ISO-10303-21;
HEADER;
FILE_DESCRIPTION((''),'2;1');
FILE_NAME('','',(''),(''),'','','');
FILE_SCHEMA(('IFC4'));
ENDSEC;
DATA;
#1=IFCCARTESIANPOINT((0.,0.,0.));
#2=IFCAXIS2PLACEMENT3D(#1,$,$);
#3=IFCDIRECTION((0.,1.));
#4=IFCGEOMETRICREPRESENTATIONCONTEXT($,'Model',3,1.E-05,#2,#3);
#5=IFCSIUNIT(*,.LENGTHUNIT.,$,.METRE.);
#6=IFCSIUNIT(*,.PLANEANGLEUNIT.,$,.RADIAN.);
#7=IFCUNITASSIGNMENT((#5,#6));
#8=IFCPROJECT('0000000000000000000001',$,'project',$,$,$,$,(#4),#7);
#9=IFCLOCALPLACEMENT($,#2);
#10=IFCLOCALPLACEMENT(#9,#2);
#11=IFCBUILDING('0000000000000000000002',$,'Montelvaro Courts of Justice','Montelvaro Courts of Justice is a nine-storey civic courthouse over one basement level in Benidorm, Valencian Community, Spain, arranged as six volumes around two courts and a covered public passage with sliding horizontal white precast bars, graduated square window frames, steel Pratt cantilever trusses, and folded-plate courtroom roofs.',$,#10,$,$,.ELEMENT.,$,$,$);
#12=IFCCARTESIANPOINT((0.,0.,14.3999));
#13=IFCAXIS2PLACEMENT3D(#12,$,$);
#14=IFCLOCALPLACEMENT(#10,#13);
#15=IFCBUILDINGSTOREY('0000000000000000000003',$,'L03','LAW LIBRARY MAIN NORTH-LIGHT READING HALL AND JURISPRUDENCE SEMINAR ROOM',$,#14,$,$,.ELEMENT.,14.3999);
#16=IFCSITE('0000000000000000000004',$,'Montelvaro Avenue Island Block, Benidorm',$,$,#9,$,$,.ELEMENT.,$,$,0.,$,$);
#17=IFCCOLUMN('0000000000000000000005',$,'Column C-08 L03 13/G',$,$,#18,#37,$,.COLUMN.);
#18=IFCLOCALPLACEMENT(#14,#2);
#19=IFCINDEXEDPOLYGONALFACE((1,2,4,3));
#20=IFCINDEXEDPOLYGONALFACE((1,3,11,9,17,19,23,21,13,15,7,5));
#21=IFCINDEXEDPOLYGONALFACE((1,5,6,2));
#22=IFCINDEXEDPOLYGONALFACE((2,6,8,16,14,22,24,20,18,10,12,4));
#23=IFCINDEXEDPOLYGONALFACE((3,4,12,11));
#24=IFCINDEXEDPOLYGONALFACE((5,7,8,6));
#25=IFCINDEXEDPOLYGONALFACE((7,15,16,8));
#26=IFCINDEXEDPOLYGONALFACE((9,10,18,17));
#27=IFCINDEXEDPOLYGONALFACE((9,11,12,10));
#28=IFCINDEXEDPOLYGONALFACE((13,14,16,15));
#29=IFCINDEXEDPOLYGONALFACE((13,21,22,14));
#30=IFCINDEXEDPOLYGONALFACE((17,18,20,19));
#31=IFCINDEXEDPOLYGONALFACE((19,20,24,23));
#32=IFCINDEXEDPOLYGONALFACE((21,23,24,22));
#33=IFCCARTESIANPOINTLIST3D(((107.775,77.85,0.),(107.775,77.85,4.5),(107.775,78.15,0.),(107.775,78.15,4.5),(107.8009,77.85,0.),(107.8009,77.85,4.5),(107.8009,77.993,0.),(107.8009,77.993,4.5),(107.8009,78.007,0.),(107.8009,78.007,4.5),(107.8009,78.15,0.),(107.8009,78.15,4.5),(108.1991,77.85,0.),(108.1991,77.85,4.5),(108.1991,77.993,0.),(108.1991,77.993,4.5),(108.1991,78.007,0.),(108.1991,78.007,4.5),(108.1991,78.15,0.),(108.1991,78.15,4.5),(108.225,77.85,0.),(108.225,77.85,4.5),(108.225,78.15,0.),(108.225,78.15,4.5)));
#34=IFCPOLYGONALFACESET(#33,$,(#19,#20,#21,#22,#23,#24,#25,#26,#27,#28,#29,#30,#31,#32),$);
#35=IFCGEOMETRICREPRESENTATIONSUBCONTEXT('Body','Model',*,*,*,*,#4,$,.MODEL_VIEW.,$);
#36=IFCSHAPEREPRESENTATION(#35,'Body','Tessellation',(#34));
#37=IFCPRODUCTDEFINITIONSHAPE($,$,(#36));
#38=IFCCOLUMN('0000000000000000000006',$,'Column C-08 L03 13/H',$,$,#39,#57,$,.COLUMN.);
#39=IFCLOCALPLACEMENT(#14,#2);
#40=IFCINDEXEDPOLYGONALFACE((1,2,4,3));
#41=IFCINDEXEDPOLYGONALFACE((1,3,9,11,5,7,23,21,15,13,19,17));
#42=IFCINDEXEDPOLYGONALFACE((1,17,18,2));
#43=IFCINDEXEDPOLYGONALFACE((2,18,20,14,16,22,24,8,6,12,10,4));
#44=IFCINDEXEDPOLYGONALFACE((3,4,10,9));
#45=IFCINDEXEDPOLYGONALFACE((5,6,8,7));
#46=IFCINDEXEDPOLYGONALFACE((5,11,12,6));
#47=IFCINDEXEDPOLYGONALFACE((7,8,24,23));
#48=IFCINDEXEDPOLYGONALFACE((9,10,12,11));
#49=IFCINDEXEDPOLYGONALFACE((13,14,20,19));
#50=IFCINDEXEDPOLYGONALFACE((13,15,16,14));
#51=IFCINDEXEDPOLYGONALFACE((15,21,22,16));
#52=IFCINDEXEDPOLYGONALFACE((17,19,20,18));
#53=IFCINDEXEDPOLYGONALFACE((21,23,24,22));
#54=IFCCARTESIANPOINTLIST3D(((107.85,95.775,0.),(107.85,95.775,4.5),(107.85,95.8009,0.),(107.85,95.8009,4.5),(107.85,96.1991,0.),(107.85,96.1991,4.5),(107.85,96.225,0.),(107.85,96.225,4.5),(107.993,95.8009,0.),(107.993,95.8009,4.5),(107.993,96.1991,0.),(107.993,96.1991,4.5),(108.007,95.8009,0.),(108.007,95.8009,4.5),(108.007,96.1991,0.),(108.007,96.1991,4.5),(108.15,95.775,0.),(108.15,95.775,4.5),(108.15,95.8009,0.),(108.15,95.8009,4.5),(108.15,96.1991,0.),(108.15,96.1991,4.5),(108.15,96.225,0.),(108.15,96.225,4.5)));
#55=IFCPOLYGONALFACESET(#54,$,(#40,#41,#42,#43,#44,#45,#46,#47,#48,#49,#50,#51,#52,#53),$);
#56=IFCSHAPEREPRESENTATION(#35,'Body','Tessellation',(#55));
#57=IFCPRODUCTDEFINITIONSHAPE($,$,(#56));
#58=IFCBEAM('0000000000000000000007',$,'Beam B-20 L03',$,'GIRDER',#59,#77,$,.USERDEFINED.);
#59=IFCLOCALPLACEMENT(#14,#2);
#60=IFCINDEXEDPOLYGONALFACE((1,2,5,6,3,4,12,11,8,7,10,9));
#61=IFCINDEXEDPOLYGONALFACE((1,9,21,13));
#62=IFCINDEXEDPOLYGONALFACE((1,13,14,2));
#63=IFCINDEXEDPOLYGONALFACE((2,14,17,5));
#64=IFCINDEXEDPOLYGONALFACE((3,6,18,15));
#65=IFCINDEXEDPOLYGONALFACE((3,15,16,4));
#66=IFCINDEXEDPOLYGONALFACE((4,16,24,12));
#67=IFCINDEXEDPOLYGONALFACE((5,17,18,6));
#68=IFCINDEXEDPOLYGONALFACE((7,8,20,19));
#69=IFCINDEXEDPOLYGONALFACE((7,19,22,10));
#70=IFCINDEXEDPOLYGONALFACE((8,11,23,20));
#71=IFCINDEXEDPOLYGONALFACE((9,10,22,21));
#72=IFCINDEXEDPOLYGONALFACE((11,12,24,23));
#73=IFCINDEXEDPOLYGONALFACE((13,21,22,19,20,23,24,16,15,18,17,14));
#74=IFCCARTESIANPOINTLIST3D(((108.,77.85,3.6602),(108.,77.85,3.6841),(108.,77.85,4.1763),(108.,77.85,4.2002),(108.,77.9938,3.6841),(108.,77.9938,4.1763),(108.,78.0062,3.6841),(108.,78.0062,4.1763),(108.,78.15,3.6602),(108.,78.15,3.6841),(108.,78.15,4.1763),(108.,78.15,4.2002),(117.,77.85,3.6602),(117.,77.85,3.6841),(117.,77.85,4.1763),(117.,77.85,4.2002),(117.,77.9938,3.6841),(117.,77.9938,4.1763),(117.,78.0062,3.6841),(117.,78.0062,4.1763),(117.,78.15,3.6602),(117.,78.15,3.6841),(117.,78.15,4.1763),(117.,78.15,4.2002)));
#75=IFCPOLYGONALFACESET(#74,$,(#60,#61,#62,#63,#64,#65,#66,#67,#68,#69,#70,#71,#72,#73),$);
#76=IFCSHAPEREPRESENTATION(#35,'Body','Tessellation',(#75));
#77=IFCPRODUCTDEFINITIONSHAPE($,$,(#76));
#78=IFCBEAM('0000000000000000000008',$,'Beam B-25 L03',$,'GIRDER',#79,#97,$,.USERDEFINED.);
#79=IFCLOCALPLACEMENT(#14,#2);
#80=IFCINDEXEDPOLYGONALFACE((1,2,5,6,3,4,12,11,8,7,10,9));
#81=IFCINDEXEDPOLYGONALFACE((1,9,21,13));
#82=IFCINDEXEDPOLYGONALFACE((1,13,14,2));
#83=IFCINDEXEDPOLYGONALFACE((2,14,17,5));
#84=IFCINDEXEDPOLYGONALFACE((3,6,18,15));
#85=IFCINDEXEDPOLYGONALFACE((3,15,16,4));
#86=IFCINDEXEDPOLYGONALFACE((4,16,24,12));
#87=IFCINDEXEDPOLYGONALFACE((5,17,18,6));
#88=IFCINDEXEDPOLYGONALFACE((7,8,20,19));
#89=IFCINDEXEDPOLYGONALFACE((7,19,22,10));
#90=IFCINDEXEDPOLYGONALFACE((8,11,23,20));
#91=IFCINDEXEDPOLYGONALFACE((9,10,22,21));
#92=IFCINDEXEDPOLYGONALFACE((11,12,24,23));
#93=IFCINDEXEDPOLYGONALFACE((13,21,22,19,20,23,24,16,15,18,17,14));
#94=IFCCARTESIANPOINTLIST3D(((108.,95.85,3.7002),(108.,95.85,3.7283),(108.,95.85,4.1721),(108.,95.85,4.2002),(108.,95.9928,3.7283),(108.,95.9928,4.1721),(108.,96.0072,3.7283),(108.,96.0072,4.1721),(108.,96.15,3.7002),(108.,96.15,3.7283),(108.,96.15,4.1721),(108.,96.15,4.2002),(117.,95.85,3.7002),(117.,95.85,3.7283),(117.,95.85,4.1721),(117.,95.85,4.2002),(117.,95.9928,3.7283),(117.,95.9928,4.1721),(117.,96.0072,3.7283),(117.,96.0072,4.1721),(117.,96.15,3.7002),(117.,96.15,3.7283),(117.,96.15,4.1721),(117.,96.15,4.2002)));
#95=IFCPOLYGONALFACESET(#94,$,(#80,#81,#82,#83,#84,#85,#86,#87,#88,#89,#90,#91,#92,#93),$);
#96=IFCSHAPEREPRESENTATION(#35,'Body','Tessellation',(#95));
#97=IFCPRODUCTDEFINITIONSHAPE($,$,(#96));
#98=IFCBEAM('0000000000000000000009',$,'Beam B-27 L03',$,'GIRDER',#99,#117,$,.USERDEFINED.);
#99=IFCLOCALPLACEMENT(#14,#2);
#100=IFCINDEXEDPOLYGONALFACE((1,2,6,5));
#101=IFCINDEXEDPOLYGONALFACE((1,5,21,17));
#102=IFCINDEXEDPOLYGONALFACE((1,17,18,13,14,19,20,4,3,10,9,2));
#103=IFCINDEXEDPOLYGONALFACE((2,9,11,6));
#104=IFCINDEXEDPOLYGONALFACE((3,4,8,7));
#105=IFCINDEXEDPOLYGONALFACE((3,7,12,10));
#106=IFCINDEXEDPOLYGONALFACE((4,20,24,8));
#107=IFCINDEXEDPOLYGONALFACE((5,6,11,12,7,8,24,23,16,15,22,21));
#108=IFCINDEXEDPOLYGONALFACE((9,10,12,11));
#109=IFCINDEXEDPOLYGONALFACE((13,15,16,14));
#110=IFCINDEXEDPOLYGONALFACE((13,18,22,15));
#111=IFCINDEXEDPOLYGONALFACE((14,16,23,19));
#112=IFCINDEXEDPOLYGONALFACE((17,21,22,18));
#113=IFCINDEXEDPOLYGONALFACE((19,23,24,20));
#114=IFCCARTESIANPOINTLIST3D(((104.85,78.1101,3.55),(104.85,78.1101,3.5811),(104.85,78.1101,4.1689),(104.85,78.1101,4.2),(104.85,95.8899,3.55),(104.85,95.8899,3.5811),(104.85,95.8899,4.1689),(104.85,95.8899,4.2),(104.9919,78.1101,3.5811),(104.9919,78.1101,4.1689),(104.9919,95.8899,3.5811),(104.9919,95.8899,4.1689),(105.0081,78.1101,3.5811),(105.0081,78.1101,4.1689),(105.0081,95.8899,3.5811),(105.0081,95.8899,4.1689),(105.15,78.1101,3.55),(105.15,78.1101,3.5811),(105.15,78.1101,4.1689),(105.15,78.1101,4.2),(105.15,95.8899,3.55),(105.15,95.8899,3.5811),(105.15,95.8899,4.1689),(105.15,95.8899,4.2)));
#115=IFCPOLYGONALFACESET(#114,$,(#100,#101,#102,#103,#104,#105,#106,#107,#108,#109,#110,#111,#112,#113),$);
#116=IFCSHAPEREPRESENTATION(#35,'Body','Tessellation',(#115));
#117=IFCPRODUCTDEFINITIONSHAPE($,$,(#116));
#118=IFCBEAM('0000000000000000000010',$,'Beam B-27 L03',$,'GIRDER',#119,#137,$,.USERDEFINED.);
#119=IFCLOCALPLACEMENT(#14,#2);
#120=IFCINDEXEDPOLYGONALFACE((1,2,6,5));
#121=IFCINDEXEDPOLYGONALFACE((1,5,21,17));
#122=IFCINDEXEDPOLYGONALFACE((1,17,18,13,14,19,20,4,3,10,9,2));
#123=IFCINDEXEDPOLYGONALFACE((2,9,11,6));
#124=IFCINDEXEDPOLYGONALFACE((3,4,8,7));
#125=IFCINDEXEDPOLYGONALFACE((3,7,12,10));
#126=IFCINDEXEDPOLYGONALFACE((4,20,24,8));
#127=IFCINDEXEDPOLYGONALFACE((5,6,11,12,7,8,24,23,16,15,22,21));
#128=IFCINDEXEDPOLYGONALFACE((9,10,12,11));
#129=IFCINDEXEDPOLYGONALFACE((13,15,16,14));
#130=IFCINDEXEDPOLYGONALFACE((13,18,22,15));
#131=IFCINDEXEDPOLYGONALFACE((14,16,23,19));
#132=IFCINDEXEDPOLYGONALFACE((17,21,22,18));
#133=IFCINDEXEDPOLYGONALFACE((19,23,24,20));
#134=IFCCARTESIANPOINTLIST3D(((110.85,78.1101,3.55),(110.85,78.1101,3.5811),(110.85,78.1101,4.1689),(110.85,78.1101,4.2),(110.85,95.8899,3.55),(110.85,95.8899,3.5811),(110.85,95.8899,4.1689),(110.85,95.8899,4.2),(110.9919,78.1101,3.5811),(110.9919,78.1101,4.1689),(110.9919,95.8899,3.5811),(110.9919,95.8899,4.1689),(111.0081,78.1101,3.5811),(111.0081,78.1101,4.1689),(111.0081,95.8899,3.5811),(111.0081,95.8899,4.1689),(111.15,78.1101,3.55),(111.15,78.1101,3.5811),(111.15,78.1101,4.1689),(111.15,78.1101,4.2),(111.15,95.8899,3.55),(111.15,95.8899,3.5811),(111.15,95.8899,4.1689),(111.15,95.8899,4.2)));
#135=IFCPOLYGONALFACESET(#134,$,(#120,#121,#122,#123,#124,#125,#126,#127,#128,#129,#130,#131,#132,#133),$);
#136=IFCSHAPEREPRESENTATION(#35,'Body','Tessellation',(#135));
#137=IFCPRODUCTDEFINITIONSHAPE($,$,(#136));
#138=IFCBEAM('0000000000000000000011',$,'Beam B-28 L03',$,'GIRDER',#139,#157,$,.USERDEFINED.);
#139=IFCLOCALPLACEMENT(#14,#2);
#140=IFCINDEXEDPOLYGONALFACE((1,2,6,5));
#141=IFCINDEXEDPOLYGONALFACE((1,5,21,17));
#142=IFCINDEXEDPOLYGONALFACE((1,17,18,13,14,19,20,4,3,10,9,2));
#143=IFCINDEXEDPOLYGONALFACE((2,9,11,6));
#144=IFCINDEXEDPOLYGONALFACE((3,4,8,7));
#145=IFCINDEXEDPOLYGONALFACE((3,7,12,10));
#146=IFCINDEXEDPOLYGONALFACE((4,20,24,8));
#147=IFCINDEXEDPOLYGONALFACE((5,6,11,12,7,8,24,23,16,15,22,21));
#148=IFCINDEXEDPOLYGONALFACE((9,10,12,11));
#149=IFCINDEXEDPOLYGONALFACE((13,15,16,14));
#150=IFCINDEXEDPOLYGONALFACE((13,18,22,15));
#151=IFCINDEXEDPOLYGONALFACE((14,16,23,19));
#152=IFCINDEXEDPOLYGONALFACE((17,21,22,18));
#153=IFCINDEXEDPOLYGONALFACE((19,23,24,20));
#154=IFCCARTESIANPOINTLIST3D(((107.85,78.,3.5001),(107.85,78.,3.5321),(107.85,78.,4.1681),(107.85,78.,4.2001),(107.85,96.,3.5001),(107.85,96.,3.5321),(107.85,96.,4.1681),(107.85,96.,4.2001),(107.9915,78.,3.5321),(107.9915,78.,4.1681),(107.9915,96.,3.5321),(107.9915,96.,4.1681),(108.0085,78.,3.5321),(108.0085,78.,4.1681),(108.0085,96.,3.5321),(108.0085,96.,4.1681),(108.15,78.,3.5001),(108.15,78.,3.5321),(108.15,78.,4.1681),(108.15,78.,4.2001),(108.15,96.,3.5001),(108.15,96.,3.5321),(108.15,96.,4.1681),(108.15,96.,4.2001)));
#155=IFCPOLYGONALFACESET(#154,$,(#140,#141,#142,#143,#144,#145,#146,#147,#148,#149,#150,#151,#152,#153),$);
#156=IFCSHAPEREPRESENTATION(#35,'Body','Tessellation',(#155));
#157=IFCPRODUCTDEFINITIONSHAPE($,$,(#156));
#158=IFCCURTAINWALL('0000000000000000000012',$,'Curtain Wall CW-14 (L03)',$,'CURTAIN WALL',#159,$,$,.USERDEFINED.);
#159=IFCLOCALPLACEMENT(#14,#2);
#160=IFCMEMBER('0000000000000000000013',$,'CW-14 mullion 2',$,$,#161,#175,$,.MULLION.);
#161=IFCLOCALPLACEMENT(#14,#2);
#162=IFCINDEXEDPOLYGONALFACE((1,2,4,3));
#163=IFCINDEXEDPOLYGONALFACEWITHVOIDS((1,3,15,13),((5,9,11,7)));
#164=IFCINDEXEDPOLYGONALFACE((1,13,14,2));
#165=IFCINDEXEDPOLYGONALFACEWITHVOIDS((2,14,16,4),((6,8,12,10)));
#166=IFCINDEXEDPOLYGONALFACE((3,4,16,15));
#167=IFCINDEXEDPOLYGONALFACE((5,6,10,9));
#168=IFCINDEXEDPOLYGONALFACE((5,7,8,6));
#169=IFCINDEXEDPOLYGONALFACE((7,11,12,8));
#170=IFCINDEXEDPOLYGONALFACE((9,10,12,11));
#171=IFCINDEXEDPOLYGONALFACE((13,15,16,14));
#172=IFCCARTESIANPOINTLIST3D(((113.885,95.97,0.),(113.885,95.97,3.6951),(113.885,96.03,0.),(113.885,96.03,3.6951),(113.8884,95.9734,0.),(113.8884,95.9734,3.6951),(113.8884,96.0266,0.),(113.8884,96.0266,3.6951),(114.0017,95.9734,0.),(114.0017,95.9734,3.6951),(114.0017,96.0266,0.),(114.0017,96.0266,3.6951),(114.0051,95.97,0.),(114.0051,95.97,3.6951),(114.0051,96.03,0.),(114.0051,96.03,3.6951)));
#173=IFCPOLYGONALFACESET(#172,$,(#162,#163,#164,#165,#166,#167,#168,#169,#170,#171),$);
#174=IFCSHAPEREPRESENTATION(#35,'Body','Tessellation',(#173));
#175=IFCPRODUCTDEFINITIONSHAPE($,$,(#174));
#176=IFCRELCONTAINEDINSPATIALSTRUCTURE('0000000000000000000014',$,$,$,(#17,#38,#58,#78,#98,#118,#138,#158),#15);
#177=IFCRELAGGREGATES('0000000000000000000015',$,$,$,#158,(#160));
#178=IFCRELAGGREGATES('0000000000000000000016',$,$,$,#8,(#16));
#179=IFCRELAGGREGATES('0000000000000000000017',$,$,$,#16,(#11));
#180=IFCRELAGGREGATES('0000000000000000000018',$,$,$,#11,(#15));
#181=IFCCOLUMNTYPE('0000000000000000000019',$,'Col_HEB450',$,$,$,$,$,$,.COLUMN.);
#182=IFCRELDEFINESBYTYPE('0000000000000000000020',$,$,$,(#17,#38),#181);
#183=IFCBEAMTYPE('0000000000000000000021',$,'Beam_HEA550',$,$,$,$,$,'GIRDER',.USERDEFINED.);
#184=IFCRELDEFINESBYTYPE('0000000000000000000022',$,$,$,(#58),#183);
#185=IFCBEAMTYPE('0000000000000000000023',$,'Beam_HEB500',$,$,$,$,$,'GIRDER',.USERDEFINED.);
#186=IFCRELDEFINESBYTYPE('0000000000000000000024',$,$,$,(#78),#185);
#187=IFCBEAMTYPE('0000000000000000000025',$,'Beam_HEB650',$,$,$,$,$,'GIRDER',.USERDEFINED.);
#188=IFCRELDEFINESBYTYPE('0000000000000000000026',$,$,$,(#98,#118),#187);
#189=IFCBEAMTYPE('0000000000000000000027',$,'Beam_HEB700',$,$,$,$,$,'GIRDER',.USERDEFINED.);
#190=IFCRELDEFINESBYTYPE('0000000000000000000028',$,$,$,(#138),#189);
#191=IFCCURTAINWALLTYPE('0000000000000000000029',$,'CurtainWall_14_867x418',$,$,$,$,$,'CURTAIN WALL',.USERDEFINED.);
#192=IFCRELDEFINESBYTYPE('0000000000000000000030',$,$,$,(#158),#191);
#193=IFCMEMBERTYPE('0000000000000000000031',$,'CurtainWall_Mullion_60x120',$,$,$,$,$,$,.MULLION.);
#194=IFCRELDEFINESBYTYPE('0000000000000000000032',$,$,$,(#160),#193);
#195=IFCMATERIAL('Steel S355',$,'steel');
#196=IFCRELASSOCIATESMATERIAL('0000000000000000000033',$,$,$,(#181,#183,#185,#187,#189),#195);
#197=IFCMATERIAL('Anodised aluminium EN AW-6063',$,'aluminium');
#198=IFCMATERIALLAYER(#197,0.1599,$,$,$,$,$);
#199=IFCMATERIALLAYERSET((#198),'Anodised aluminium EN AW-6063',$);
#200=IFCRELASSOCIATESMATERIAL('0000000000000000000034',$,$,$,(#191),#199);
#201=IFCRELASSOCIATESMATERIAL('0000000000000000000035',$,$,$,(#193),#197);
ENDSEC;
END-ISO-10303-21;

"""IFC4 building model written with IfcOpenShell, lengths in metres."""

from ifc_helpers import new_model, si_unit, direction, frame, origin, origin_2d, place, context, subcontext, project, spatial, hollow_rectangle, i_section, extrude, material, layer, layer_set, material_profile, profile_set, type_object, element, aggregate, save


model = new_model("IFC4")

# Units and contexts
model_context = context("Model", 3, precision=1e-05, world=origin(), true_north=direction((0.0, 1.0)))
body_context = subcontext(model_context, "Body", "Model", "MODEL_VIEW")
ifc_project = project(units=[si_unit("LENGTHUNIT", "METRE"), si_unit("PLANEANGLEUNIT", "RADIAN")], contexts=[model_context])

# Site, building, storey
site_placement = place(None, origin())
site = spatial("IfcSite", under=ifc_project, at=site_placement, Name="Montelvaro Avenue Island Block, Benidorm", CompositionType="ELEMENT", RefElevation=0.0)
building_placement = place(site_placement, origin())
building = spatial("IfcBuilding", under=site, at=building_placement, Name="Montelvaro Courts of Justice", Description="Montelvaro Courts of Justice is a nine-storey civic courthouse over one basement level in Benidorm, Valencian Community, Spain, arranged as six volumes around two courts and a covered public passage with sliding horizontal white precast bars, graduated square window frames, steel Pratt cantilever trusses, and folded-plate courtroom roofs.", CompositionType="ELEMENT")
storey_placement = place(building_placement, frame((0.0, 0.0, 14.3999)))
storey = spatial("IfcBuildingStorey", under=building, at=storey_placement, Name="L03", Description="LAW LIBRARY MAIN NORTH-LIGHT READING HALL AND JURISPRUDENCE SEMINAR ROOM", CompositionType="ELEMENT", Elevation=14.3999)

# Columns
ifc_material_1 = material(Name="Steel S355", Category="steel")
ifc_material_profile_1 = material_profile(ifc_material_1, i_section(OverallWidth=0.3, OverallDepth=0.45, WebThickness=0.0139, FlangeThickness=0.0259, at=origin_2d()), Name="HEB 450")
ifc_profile_set_1 = profile_set([ifc_material_profile_1], Name="Steel S355")
column_type = type_object("IfcColumnType", Name="Col_HEB450", PredefinedType="COLUMN", material=ifc_profile_set_1)
for number, where, z_axis, x_axis, name in (
    (1, (108.0, 78.0, 0.0), (0.0, 0.0, 1.0), (0.0, 1.0, 0.0), "Column C-08 L03 13/G"),
    (2, (108.0, 96.0, 0.0), (0.0, 0.0, 1.0), (1.0, 0.0, 0.0), "Column C-08 L03 13/H"),
):
    element("IfcColumn", number, at=place(storey_placement, frame(where, z_axis=z_axis, x_axis=x_axis)), inside=storey, type_object=column_type, Name=name, PredefinedType="COLUMN", context=body_context, shape_type="SweptSolid", body=[
        extrude(i_section(OverallWidth=0.3, OverallDepth=0.45, WebThickness=0.0139, FlangeThickness=0.0259, at=origin_2d()), origin(), (0.0, 0.0, 1.0), 4.5),
    ])

# Beams
ifc_material_profile_2 = material_profile(ifc_material_1, i_section(OverallWidth=0.3, OverallDepth=0.54, WebThickness=0.0125, FlangeThickness=0.0239, at=origin_2d()), Name="HEA 550")
ifc_profile_set_2 = profile_set([ifc_material_profile_2], Name="Steel S355")
beam_type_1 = type_object("IfcBeamType", Name="Beam_HEA550", ElementType="GIRDER", PredefinedType="USERDEFINED", material=ifc_profile_set_2)
beam_1_placement = place(storey_placement, frame((108.0, 78.0, 3.9302), z_axis=(1.0, 0.0, 0.0), x_axis=(0.0, 1.0, 0.0)))
element("IfcBeam", 3, at=beam_1_placement, inside=storey, type_object=beam_type_1, Name="Beam B-20 L03", ObjectType="GIRDER", PredefinedType="USERDEFINED", context=body_context, shape_type="SweptSolid", body=[
    extrude(i_section(OverallWidth=0.3, OverallDepth=0.54, WebThickness=0.0125, FlangeThickness=0.0239, at=origin_2d()), origin(), (0.0, 0.0, 1.0), 9.0),
])
ifc_material_profile_3 = material_profile(ifc_material_1, i_section(OverallWidth=0.3, OverallDepth=0.5, WebThickness=0.0144, FlangeThickness=0.0281, at=origin_2d()), Name="HEB 500")
ifc_profile_set_3 = profile_set([ifc_material_profile_3], Name="Steel S355")
beam_type_2 = type_object("IfcBeamType", Name="Beam_HEB500", ElementType="GIRDER", PredefinedType="USERDEFINED", material=ifc_profile_set_3)
beam_2_placement = place(storey_placement, frame((108.0, 96.0, 3.9502), z_axis=(1.0, 0.0, 0.0), x_axis=(0.0, 1.0, 0.0)))
element("IfcBeam", 4, at=beam_2_placement, inside=storey, type_object=beam_type_2, Name="Beam B-25 L03", ObjectType="GIRDER", PredefinedType="USERDEFINED", context=body_context, shape_type="SweptSolid", body=[
    extrude(i_section(OverallWidth=0.3, OverallDepth=0.5, WebThickness=0.0144, FlangeThickness=0.0281, at=origin_2d()), origin(), (0.0, 0.0, 1.0), 9.0),
])
ifc_material_profile_4 = material_profile(ifc_material_1, i_section(OverallWidth=0.3, OverallDepth=0.6499, WebThickness=0.0161, FlangeThickness=0.031, at=origin_2d()), Name="HEB 650")
ifc_profile_set_4 = profile_set([ifc_material_profile_4], Name="Steel S355")
beam_type_3 = type_object("IfcBeamType", Name="Beam_HEB650", ElementType="GIRDER", PredefinedType="USERDEFINED", material=ifc_profile_set_4)
for number, where, z_axis, x_axis, name in (
    (5, (105.0, 78.1101, 3.875), (0.0, 1.0, 0.0), (-1.0, 0.0, 0.0), "Beam B-27 L03"),
    (6, (111.0, 78.1101, 3.875), (0.0, 1.0, 0.0), (-1.0, 0.0, 0.0), "Beam B-27 L03"),
):
    element("IfcBeam", number, at=place(storey_placement, frame(where, z_axis=z_axis, x_axis=x_axis)), inside=storey, type_object=beam_type_3, Name=name, ObjectType="GIRDER", PredefinedType="USERDEFINED", context=body_context, shape_type="SweptSolid", body=[
        extrude(i_section(OverallWidth=0.3, OverallDepth=0.6499, WebThickness=0.0161, FlangeThickness=0.031, at=origin_2d()), origin(), (0.0, 0.0, 1.0), 17.7798),
    ])
ifc_material_profile_5 = material_profile(ifc_material_1, i_section(OverallWidth=0.3, OverallDepth=0.7, WebThickness=0.0171, FlangeThickness=0.032, at=origin_2d()), Name="HEB 700")
ifc_profile_set_5 = profile_set([ifc_material_profile_5], Name="Steel S355")
beam_type_4 = type_object("IfcBeamType", Name="Beam_HEB700", ElementType="GIRDER", PredefinedType="USERDEFINED", material=ifc_profile_set_5)
beam_3_placement = place(storey_placement, frame((108.0, 78.0, 3.8501), z_axis=(0.0, 1.0, 0.0), x_axis=(-1.0, 0.0, 0.0)))
element("IfcBeam", 7, at=beam_3_placement, inside=storey, type_object=beam_type_4, Name="Beam B-28 L03", ObjectType="GIRDER", PredefinedType="USERDEFINED", context=body_context, shape_type="SweptSolid", body=[
    extrude(i_section(OverallWidth=0.3, OverallDepth=0.7, WebThickness=0.0171, FlangeThickness=0.032, at=origin_2d()), origin(), (0.0, 0.0, 1.0), 18.0),
])

# Curtain wall, member
ifc_material_2 = material(Name="Anodised aluminium EN AW-6063", Category="aluminium")
ifc_layer_1 = layer(ifc_material_2, 0.1599)
ifc_layer_set_1 = layer_set([ifc_layer_1], Name="Anodised aluminium EN AW-6063")
curtain_wall_type_1 = type_object("IfcCurtainWallType", Name="CurtainWall_14_867x418", ElementType="CURTAIN WALL", PredefinedType="USERDEFINED", material=ifc_layer_set_1)
curtain_wall_1_placement = place(storey_placement, origin())
curtain_wall_1 = element("IfcCurtainWall", 8, at=curtain_wall_1_placement, inside=storey, type_object=curtain_wall_type_1, Name="Curtain Wall CW-14 (L03)", ObjectType="CURTAIN WALL", PredefinedType="USERDEFINED")
ifc_material_profile_6 = material_profile(ifc_material_2, hollow_rectangle(XDim=0.0601, YDim=0.1201, WallThickness=0.0034, at=origin_2d()), Name="ALU-M 60x120")
ifc_profile_set_6 = profile_set([ifc_material_profile_6], Name="Anodised aluminium EN AW-6063")
member_type_1 = type_object("IfcMemberType", Name="CurtainWall_Mullion_60x120", PredefinedType="MULLION", material=ifc_profile_set_6)
member_1_placement = place(storey_placement, frame((113.9451, 96.0, 0.0), z_axis=(0.0, 0.0, 1.0), x_axis=(0.0, -1.0, 0.0)))
member_1 = element("IfcMember", 9, at=member_1_placement, type_object=member_type_1, Name="CW-14 mullion 2", PredefinedType="MULLION", context=body_context, shape_type="SweptSolid", body=[
    extrude(hollow_rectangle(XDim=0.0601, YDim=0.1201, WallThickness=0.0034, at=origin_2d()), origin(), (0.0, 0.0, 1.0), 3.6951),
])

aggregate(curtain_wall_1, [member_1])

save(model, "model.ifc")
